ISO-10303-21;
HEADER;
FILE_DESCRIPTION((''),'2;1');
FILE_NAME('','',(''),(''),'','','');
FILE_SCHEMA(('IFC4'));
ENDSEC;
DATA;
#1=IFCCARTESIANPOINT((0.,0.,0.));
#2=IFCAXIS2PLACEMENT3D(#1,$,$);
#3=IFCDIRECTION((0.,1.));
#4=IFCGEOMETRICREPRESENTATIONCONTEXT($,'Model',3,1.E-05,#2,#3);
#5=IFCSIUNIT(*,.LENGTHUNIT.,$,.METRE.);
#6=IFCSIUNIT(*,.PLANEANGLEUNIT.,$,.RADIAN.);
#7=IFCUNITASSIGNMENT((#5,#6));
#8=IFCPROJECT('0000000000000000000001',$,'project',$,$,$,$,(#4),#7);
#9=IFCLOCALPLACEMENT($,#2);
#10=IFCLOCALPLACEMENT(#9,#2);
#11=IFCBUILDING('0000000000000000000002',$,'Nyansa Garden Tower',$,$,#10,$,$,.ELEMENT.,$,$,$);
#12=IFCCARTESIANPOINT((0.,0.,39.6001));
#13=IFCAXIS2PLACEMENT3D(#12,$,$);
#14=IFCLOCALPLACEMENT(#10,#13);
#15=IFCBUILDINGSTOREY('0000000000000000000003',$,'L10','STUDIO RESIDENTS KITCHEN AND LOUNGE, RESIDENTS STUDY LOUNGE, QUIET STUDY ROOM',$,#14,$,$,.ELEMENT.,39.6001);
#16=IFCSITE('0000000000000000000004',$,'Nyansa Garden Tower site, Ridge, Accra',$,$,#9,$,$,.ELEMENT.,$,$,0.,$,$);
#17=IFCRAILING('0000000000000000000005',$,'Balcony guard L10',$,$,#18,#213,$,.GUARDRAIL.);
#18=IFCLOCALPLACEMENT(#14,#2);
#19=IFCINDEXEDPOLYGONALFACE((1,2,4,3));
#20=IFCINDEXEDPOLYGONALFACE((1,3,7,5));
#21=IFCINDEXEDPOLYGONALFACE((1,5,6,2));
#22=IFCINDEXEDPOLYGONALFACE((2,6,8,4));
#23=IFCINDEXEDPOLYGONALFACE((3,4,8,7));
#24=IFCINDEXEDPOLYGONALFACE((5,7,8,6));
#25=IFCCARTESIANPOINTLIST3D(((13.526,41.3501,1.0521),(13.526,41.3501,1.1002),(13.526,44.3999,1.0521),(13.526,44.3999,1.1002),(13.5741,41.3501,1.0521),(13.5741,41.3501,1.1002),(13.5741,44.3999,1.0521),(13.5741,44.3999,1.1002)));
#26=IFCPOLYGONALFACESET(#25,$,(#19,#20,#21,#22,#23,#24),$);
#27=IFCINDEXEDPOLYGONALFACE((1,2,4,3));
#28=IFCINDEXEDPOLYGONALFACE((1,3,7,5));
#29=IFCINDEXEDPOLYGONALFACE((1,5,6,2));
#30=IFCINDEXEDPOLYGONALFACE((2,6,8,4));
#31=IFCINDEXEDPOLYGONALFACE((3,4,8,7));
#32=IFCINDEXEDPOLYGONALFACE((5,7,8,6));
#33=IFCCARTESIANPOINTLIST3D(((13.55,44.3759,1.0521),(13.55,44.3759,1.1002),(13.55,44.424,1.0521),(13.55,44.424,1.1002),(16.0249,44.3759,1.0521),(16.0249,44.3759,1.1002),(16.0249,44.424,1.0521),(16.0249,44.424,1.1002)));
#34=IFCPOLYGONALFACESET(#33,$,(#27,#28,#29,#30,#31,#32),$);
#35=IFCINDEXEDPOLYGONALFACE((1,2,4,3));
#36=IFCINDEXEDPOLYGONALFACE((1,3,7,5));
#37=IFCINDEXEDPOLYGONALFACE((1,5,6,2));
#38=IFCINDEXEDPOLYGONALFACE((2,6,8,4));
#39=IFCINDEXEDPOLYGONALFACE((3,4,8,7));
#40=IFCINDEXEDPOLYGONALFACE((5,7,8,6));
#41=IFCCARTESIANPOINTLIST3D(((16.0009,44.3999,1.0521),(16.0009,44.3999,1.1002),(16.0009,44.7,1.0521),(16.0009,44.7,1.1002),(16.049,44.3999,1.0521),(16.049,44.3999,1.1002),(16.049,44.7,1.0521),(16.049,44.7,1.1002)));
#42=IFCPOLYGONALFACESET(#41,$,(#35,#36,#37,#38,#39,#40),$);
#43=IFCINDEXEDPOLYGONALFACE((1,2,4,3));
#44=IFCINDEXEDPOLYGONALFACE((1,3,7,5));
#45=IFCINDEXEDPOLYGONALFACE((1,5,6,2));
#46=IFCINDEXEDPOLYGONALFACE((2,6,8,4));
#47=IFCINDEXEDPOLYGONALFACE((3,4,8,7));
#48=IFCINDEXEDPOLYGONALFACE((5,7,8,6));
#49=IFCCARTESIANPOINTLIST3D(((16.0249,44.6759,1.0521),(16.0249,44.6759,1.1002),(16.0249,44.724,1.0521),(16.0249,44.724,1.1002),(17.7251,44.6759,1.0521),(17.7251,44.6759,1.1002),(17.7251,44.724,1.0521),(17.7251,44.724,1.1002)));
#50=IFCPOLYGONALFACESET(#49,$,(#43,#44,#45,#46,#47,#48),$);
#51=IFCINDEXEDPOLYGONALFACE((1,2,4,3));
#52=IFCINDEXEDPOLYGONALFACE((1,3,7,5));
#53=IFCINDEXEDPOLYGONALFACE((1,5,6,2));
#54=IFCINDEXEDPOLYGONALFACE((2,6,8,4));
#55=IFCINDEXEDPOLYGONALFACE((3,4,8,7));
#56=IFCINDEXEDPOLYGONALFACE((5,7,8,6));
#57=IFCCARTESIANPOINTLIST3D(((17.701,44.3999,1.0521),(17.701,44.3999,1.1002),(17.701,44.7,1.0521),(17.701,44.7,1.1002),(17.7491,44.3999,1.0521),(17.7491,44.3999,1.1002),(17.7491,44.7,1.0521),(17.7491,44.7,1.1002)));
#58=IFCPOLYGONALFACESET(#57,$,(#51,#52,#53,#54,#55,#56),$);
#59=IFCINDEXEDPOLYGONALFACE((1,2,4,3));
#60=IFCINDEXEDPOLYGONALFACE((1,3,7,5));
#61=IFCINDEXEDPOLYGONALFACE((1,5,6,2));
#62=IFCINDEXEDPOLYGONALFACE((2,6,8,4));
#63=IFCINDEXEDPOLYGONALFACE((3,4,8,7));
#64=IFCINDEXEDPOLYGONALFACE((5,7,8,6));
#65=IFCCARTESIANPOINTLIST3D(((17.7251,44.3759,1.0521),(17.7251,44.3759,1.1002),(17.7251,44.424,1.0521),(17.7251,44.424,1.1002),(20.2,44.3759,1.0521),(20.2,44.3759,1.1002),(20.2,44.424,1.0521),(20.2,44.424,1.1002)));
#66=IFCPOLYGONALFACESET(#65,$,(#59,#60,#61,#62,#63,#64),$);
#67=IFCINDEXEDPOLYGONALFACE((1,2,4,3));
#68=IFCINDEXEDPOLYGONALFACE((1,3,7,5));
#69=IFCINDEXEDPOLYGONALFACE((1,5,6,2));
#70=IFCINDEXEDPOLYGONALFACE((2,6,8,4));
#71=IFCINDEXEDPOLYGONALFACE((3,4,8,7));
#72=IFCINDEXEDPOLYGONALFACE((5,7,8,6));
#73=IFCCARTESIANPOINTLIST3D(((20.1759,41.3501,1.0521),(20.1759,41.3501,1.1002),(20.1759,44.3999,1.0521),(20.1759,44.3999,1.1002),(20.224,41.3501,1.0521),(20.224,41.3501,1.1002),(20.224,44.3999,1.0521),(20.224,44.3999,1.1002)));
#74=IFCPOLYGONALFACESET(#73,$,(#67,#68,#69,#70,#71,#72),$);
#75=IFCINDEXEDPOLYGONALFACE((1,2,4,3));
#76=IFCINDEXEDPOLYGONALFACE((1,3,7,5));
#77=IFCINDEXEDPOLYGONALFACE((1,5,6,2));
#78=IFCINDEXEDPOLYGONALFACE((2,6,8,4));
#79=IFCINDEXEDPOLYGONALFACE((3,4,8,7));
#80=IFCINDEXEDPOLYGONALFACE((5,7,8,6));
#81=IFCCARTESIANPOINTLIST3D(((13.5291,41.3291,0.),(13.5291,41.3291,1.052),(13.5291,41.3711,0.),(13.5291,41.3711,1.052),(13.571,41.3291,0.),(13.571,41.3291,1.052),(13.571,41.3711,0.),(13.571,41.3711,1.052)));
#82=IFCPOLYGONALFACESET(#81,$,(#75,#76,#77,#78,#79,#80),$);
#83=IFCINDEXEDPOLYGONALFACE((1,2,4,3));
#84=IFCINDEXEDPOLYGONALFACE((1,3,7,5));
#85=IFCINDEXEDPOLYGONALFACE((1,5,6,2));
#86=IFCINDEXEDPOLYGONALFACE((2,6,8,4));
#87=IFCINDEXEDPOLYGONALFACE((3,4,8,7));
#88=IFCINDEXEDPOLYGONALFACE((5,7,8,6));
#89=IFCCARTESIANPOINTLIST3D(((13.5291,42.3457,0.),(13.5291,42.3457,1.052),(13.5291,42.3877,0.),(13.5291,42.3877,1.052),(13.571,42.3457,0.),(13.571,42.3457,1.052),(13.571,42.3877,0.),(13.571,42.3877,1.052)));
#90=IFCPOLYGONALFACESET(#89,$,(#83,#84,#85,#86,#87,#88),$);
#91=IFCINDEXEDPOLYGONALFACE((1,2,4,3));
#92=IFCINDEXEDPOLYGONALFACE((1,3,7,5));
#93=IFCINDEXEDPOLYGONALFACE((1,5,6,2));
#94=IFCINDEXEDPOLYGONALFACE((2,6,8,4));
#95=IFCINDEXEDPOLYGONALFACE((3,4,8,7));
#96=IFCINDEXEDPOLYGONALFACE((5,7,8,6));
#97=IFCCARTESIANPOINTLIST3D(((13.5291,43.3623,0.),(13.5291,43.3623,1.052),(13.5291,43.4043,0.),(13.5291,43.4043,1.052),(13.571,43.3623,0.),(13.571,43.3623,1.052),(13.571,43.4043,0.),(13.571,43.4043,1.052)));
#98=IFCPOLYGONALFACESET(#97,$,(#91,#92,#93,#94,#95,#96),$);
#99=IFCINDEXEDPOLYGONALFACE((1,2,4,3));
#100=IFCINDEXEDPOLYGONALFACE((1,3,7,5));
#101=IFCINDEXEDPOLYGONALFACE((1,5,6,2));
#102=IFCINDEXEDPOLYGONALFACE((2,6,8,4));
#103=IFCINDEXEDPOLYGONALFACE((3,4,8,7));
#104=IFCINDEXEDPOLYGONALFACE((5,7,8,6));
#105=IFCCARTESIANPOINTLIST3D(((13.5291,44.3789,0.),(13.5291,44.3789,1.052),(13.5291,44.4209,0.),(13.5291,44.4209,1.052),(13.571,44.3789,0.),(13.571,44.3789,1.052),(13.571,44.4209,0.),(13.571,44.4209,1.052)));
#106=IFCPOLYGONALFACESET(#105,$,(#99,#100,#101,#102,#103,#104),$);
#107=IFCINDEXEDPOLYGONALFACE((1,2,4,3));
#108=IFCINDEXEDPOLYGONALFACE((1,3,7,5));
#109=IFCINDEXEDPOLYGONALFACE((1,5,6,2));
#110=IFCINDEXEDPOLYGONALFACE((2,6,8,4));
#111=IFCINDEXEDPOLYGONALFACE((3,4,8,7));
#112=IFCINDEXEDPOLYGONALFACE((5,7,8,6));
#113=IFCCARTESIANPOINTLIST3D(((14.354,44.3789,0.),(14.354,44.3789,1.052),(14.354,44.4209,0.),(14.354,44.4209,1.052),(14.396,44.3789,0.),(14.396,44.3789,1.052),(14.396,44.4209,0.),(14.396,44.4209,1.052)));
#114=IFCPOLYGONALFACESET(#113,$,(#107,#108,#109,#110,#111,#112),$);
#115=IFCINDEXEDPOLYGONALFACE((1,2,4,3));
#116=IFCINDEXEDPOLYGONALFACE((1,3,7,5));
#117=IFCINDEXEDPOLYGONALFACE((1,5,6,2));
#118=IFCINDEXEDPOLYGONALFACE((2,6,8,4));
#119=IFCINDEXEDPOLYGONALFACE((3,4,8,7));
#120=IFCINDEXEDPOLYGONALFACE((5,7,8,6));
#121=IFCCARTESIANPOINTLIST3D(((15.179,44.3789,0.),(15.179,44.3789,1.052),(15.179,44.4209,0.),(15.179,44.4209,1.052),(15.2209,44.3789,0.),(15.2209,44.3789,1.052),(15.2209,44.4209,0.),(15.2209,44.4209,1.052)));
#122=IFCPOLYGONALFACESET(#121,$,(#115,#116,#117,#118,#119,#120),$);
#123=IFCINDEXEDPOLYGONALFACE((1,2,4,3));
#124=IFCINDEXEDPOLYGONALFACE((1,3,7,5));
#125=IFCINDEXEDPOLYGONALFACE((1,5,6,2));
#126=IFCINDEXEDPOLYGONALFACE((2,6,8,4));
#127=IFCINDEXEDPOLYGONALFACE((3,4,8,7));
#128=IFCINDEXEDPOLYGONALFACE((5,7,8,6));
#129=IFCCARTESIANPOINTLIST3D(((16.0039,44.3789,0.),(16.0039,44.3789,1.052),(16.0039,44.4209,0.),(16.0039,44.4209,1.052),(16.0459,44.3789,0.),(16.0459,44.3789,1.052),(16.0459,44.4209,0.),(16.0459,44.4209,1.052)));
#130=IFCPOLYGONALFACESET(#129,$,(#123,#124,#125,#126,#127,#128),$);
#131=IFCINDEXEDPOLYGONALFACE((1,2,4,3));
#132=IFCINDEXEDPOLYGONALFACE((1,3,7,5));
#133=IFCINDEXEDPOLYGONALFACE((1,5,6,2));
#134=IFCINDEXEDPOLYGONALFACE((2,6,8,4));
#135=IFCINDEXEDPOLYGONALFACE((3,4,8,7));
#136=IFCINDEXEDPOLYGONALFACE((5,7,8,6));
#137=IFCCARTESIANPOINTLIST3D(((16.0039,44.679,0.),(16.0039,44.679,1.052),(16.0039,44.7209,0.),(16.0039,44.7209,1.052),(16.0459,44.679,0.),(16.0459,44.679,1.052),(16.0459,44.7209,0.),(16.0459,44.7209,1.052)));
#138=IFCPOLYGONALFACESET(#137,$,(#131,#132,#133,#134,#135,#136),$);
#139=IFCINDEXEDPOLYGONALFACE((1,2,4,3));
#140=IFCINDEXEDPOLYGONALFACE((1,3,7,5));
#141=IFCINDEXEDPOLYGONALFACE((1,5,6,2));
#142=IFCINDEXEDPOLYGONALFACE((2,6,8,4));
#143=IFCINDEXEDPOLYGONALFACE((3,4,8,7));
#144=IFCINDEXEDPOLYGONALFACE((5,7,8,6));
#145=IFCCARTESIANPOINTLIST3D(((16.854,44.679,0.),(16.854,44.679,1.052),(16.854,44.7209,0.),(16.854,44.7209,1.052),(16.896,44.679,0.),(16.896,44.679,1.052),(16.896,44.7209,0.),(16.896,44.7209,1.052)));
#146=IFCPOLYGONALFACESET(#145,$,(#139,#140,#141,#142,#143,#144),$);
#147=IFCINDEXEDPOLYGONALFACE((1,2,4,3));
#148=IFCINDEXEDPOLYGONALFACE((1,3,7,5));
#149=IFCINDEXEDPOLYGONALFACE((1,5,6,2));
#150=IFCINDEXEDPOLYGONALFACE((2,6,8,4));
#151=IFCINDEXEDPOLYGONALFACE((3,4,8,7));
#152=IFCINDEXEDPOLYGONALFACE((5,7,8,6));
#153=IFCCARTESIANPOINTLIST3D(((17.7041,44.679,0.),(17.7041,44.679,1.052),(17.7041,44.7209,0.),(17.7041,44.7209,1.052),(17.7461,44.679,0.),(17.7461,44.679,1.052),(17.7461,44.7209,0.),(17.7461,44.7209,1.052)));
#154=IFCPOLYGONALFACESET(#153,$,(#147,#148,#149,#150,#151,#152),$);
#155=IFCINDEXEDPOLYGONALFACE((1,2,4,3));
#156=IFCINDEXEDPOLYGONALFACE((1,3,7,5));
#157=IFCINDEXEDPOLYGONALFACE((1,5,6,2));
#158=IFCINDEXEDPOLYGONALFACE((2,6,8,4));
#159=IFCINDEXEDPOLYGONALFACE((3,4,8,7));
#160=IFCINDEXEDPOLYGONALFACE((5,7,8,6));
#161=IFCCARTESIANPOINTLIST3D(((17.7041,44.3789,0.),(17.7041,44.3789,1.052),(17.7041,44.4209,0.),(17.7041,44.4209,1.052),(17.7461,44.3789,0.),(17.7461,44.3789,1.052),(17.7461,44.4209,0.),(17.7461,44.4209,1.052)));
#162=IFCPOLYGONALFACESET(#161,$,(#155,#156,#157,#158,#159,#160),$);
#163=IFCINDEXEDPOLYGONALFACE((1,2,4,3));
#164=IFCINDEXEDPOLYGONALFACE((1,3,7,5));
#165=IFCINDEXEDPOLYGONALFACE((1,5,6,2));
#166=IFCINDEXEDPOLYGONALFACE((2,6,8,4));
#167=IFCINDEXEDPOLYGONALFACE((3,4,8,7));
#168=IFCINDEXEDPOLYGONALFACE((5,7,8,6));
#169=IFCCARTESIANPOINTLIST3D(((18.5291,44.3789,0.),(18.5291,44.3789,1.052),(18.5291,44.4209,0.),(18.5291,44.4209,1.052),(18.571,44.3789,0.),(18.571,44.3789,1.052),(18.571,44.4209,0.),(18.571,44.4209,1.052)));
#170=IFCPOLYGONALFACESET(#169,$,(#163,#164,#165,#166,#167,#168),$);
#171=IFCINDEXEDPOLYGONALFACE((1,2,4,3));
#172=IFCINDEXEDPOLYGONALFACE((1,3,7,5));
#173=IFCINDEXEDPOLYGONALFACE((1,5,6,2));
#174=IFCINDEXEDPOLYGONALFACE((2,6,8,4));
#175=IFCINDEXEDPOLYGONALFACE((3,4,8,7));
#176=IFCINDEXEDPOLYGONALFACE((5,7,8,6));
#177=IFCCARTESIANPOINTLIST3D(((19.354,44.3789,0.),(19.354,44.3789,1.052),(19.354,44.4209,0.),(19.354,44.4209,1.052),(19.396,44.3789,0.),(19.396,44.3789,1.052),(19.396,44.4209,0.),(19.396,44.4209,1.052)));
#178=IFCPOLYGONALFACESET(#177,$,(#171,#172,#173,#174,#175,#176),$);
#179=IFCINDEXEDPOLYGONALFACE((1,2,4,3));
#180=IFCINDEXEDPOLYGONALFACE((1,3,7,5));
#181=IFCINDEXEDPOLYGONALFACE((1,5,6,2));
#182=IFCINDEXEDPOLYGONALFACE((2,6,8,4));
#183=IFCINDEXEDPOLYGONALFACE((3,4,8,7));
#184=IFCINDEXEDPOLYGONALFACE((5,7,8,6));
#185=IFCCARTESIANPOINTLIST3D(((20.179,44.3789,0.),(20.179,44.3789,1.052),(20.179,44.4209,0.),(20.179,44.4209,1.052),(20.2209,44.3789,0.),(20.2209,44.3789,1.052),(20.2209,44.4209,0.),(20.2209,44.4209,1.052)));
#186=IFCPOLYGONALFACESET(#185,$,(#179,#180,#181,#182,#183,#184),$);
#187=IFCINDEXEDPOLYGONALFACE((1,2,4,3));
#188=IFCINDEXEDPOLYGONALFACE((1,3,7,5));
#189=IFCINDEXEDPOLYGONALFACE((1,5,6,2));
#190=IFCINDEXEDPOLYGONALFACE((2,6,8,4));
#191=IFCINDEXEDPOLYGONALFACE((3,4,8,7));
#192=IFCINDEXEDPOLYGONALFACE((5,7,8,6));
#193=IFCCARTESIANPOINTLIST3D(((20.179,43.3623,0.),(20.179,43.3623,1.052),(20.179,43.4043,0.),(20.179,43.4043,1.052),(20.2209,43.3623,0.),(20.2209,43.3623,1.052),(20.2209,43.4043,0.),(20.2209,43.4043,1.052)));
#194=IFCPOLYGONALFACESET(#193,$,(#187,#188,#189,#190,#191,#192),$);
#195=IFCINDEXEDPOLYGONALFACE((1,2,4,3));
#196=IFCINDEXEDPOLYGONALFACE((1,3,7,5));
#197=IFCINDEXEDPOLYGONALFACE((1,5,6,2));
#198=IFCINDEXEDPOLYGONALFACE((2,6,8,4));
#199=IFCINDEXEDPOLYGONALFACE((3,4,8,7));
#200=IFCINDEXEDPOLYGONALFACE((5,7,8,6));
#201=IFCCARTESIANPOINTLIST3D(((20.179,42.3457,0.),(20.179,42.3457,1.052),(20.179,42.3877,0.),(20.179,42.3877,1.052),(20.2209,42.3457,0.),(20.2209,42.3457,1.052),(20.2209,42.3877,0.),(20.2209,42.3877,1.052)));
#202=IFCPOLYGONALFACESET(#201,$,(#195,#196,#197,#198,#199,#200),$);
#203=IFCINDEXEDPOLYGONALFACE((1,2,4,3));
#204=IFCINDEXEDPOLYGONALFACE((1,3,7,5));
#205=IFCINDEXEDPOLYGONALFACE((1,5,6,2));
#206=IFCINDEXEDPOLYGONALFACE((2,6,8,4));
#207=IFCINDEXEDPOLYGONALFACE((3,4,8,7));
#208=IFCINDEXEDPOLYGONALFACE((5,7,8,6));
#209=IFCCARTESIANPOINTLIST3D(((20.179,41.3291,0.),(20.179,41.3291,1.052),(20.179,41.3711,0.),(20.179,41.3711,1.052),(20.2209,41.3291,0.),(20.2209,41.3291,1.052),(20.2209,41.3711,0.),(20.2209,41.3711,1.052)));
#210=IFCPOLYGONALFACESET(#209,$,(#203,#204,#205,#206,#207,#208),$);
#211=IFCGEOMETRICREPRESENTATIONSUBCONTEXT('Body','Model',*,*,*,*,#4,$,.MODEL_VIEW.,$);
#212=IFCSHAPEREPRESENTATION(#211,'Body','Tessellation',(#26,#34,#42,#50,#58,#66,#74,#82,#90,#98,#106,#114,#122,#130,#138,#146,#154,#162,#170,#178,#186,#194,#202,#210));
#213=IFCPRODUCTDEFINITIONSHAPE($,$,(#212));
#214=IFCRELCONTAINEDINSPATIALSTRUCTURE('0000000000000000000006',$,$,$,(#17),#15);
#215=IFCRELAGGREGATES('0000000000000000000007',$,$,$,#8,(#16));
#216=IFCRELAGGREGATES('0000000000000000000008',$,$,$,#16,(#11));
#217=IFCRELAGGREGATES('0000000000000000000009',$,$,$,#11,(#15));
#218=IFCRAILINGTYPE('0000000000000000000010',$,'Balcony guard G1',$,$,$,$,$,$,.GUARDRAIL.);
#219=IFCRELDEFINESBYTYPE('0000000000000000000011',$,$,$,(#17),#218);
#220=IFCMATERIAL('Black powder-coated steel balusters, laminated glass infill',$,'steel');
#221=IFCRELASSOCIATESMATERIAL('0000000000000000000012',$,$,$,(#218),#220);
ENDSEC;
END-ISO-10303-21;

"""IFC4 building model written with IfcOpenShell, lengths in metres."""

from ifc_helpers import new_model, si_unit, direction, frame, origin, origin_2d, place, context, subcontext, project, spatial, rectangle, extrude, material, type_object, element, save


model = new_model("IFC4")

# Units and contexts
model_context = context("Model", 3, precision=1e-05, world=origin(), true_north=direction((0.0, 1.0)))
body_context = subcontext(model_context, "Body", "Model", "MODEL_VIEW")
ifc_project = project(units=[si_unit("LENGTHUNIT", "METRE"), si_unit("PLANEANGLEUNIT", "RADIAN")], contexts=[model_context])

# Site, building, storey
site_placement = place(None, origin())
site = spatial("IfcSite", under=ifc_project, at=site_placement, Name="Nyansa Garden Tower site, Ridge, Accra", CompositionType="ELEMENT", RefElevation=0.0)
building_placement = place(site_placement, origin())
building = spatial("IfcBuilding", under=site, at=building_placement, Name="Nyansa Garden Tower", CompositionType="ELEMENT")
storey_placement = place(building_placement, frame((0.0, 0.0, 39.6001)))
storey = spatial("IfcBuildingStorey", under=building, at=storey_placement, Name="L10", Description="STUDIO RESIDENTS KITCHEN AND LOUNGE, RESIDENTS STUDY LOUNGE, QUIET STUDY ROOM", CompositionType="ELEMENT", Elevation=39.6001)

# Railing
ifc_material_1 = material(Name="Black powder-coated steel balusters, laminated glass infill", Category="steel")
railing_type = type_object("IfcRailingType", Name="Balcony guard G1", PredefinedType="GUARDRAIL", material=ifc_material_1)
railing_placement = place(storey_placement, frame((13.55, 41.3501, 0.0)))
element("IfcRailing", 1, at=railing_placement, inside=storey, type_object=railing_type, Name="Balcony guard L10", PredefinedType="GUARDRAIL", context=body_context, shape_type="SweptSolid", body=[
    extrude(rectangle(XDim=0.0481, YDim=0.0481, at=origin_2d()), frame((0.0, 0.0, 1.0762), z_axis=(0.0, 1.0, 0.0), x_axis=(-1.0, 0.0, 0.0)), (0.0, 0.0, 1.0), 3.0498),
    extrude(rectangle(XDim=0.0481, YDim=0.0481, at=origin_2d()), frame((0.0, 3.0498, 1.0762), z_axis=(1.0, 0.0, 0.0), x_axis=(0.0, 1.0, 0.0)), (0.0, 0.0, 1.0), 2.4749),
    extrude(rectangle(XDim=0.0481, YDim=0.0481, at=origin_2d()), frame((2.4749, 3.0498, 1.0762), z_axis=(0.0, 1.0, 0.0), x_axis=(-1.0, 0.0, 0.0)), (0.0, 0.0, 1.0), 0.3),
    extrude(rectangle(XDim=0.0481, YDim=0.0481, at=origin_2d()), frame((2.4749, 3.3499, 1.0762), z_axis=(1.0, 0.0, 0.0), x_axis=(0.0, 1.0, 0.0)), (0.0, 0.0, 1.0), 1.7002),
    extrude(rectangle(XDim=0.0481, YDim=0.0481, at=origin_2d()), frame((4.175, 3.3499, 1.0762), z_axis=(0.0, -1.0, 0.0), x_axis=(1.0, 0.0, 0.0)), (0.0, 0.0, 1.0), 0.3),
    extrude(rectangle(XDim=0.0481, YDim=0.0481, at=origin_2d()), frame((4.175, 3.0498, 1.0762), z_axis=(1.0, 0.0, 0.0), x_axis=(0.0, 1.0, 0.0)), (0.0, 0.0, 1.0), 2.4749),
    extrude(rectangle(XDim=0.0481, YDim=0.0481, at=origin_2d()), frame((6.6499, 3.0498, 1.0762), z_axis=(0.0, -1.0, 0.0), x_axis=(1.0, 0.0, 0.0)), (0.0, 0.0, 1.0), 3.0498),
    extrude(rectangle(XDim=0.042, YDim=0.042, at=origin_2d()), origin(), (0.0, 0.0, 1.0), 1.052),
    extrude(rectangle(XDim=0.042, YDim=0.042, at=origin_2d()), frame((0.0, 1.0166, 0.0)), (0.0, 0.0, 1.0), 1.052),
    extrude(rectangle(XDim=0.042, YDim=0.042, at=origin_2d()), frame((0.0, 2.0332, 0.0)), (0.0, 0.0, 1.0), 1.052),
    extrude(rectangle(XDim=0.042, YDim=0.042, at=origin_2d()), frame((0.0, 3.0498, 0.0)), (0.0, 0.0, 1.0), 1.052),
    extrude(rectangle(XDim=0.042, YDim=0.042, at=origin_2d()), frame((0.825, 3.0498, 0.0)), (0.0, 0.0, 1.0), 1.052),
    extrude(rectangle(XDim=0.042, YDim=0.042, at=origin_2d()), frame((1.6499, 3.0498, 0.0)), (0.0, 0.0, 1.0), 1.052),
    extrude(rectangle(XDim=0.042, YDim=0.042, at=origin_2d()), frame((2.4749, 3.0498, 0.0)), (0.0, 0.0, 1.0), 1.052),
    extrude(rectangle(XDim=0.042, YDim=0.042, at=origin_2d()), frame((2.4749, 3.3499, 0.0)), (0.0, 0.0, 1.0), 1.052),
    extrude(rectangle(XDim=0.042, YDim=0.042, at=origin_2d()), frame((3.325, 3.3499, 0.0)), (0.0, 0.0, 1.0), 1.052),
    extrude(rectangle(XDim=0.042, YDim=0.042, at=origin_2d()), frame((4.175, 3.3499, 0.0)), (0.0, 0.0, 1.0), 1.052),
    extrude(rectangle(XDim=0.042, YDim=0.042, at=origin_2d()), frame((4.175, 3.0498, 0.0)), (0.0, 0.0, 1.0), 1.052),
    extrude(rectangle(XDim=0.042, YDim=0.042, at=origin_2d()), frame((5.0, 3.0498, 0.0)), (0.0, 0.0, 1.0), 1.052),
    extrude(rectangle(XDim=0.042, YDim=0.042, at=origin_2d()), frame((5.825, 3.0498, 0.0)), (0.0, 0.0, 1.0), 1.052),
    extrude(rectangle(XDim=0.042, YDim=0.042, at=origin_2d()), frame((6.6499, 3.0498, 0.0)), (0.0, 0.0, 1.0), 1.052),
    extrude(rectangle(XDim=0.042, YDim=0.042, at=origin_2d()), frame((6.6499, 2.0332, 0.0)), (0.0, 0.0, 1.0), 1.052),
    extrude(rectangle(XDim=0.042, YDim=0.042, at=origin_2d()), frame((6.6499, 1.0166, 0.0)), (0.0, 0.0, 1.0), 1.052),
    extrude(rectangle(XDim=0.042, YDim=0.042, at=origin_2d()), frame((6.6499, 0.0, 0.0)), (0.0, 0.0, 1.0), 1.052),
])

save(model, "model.ifc")
